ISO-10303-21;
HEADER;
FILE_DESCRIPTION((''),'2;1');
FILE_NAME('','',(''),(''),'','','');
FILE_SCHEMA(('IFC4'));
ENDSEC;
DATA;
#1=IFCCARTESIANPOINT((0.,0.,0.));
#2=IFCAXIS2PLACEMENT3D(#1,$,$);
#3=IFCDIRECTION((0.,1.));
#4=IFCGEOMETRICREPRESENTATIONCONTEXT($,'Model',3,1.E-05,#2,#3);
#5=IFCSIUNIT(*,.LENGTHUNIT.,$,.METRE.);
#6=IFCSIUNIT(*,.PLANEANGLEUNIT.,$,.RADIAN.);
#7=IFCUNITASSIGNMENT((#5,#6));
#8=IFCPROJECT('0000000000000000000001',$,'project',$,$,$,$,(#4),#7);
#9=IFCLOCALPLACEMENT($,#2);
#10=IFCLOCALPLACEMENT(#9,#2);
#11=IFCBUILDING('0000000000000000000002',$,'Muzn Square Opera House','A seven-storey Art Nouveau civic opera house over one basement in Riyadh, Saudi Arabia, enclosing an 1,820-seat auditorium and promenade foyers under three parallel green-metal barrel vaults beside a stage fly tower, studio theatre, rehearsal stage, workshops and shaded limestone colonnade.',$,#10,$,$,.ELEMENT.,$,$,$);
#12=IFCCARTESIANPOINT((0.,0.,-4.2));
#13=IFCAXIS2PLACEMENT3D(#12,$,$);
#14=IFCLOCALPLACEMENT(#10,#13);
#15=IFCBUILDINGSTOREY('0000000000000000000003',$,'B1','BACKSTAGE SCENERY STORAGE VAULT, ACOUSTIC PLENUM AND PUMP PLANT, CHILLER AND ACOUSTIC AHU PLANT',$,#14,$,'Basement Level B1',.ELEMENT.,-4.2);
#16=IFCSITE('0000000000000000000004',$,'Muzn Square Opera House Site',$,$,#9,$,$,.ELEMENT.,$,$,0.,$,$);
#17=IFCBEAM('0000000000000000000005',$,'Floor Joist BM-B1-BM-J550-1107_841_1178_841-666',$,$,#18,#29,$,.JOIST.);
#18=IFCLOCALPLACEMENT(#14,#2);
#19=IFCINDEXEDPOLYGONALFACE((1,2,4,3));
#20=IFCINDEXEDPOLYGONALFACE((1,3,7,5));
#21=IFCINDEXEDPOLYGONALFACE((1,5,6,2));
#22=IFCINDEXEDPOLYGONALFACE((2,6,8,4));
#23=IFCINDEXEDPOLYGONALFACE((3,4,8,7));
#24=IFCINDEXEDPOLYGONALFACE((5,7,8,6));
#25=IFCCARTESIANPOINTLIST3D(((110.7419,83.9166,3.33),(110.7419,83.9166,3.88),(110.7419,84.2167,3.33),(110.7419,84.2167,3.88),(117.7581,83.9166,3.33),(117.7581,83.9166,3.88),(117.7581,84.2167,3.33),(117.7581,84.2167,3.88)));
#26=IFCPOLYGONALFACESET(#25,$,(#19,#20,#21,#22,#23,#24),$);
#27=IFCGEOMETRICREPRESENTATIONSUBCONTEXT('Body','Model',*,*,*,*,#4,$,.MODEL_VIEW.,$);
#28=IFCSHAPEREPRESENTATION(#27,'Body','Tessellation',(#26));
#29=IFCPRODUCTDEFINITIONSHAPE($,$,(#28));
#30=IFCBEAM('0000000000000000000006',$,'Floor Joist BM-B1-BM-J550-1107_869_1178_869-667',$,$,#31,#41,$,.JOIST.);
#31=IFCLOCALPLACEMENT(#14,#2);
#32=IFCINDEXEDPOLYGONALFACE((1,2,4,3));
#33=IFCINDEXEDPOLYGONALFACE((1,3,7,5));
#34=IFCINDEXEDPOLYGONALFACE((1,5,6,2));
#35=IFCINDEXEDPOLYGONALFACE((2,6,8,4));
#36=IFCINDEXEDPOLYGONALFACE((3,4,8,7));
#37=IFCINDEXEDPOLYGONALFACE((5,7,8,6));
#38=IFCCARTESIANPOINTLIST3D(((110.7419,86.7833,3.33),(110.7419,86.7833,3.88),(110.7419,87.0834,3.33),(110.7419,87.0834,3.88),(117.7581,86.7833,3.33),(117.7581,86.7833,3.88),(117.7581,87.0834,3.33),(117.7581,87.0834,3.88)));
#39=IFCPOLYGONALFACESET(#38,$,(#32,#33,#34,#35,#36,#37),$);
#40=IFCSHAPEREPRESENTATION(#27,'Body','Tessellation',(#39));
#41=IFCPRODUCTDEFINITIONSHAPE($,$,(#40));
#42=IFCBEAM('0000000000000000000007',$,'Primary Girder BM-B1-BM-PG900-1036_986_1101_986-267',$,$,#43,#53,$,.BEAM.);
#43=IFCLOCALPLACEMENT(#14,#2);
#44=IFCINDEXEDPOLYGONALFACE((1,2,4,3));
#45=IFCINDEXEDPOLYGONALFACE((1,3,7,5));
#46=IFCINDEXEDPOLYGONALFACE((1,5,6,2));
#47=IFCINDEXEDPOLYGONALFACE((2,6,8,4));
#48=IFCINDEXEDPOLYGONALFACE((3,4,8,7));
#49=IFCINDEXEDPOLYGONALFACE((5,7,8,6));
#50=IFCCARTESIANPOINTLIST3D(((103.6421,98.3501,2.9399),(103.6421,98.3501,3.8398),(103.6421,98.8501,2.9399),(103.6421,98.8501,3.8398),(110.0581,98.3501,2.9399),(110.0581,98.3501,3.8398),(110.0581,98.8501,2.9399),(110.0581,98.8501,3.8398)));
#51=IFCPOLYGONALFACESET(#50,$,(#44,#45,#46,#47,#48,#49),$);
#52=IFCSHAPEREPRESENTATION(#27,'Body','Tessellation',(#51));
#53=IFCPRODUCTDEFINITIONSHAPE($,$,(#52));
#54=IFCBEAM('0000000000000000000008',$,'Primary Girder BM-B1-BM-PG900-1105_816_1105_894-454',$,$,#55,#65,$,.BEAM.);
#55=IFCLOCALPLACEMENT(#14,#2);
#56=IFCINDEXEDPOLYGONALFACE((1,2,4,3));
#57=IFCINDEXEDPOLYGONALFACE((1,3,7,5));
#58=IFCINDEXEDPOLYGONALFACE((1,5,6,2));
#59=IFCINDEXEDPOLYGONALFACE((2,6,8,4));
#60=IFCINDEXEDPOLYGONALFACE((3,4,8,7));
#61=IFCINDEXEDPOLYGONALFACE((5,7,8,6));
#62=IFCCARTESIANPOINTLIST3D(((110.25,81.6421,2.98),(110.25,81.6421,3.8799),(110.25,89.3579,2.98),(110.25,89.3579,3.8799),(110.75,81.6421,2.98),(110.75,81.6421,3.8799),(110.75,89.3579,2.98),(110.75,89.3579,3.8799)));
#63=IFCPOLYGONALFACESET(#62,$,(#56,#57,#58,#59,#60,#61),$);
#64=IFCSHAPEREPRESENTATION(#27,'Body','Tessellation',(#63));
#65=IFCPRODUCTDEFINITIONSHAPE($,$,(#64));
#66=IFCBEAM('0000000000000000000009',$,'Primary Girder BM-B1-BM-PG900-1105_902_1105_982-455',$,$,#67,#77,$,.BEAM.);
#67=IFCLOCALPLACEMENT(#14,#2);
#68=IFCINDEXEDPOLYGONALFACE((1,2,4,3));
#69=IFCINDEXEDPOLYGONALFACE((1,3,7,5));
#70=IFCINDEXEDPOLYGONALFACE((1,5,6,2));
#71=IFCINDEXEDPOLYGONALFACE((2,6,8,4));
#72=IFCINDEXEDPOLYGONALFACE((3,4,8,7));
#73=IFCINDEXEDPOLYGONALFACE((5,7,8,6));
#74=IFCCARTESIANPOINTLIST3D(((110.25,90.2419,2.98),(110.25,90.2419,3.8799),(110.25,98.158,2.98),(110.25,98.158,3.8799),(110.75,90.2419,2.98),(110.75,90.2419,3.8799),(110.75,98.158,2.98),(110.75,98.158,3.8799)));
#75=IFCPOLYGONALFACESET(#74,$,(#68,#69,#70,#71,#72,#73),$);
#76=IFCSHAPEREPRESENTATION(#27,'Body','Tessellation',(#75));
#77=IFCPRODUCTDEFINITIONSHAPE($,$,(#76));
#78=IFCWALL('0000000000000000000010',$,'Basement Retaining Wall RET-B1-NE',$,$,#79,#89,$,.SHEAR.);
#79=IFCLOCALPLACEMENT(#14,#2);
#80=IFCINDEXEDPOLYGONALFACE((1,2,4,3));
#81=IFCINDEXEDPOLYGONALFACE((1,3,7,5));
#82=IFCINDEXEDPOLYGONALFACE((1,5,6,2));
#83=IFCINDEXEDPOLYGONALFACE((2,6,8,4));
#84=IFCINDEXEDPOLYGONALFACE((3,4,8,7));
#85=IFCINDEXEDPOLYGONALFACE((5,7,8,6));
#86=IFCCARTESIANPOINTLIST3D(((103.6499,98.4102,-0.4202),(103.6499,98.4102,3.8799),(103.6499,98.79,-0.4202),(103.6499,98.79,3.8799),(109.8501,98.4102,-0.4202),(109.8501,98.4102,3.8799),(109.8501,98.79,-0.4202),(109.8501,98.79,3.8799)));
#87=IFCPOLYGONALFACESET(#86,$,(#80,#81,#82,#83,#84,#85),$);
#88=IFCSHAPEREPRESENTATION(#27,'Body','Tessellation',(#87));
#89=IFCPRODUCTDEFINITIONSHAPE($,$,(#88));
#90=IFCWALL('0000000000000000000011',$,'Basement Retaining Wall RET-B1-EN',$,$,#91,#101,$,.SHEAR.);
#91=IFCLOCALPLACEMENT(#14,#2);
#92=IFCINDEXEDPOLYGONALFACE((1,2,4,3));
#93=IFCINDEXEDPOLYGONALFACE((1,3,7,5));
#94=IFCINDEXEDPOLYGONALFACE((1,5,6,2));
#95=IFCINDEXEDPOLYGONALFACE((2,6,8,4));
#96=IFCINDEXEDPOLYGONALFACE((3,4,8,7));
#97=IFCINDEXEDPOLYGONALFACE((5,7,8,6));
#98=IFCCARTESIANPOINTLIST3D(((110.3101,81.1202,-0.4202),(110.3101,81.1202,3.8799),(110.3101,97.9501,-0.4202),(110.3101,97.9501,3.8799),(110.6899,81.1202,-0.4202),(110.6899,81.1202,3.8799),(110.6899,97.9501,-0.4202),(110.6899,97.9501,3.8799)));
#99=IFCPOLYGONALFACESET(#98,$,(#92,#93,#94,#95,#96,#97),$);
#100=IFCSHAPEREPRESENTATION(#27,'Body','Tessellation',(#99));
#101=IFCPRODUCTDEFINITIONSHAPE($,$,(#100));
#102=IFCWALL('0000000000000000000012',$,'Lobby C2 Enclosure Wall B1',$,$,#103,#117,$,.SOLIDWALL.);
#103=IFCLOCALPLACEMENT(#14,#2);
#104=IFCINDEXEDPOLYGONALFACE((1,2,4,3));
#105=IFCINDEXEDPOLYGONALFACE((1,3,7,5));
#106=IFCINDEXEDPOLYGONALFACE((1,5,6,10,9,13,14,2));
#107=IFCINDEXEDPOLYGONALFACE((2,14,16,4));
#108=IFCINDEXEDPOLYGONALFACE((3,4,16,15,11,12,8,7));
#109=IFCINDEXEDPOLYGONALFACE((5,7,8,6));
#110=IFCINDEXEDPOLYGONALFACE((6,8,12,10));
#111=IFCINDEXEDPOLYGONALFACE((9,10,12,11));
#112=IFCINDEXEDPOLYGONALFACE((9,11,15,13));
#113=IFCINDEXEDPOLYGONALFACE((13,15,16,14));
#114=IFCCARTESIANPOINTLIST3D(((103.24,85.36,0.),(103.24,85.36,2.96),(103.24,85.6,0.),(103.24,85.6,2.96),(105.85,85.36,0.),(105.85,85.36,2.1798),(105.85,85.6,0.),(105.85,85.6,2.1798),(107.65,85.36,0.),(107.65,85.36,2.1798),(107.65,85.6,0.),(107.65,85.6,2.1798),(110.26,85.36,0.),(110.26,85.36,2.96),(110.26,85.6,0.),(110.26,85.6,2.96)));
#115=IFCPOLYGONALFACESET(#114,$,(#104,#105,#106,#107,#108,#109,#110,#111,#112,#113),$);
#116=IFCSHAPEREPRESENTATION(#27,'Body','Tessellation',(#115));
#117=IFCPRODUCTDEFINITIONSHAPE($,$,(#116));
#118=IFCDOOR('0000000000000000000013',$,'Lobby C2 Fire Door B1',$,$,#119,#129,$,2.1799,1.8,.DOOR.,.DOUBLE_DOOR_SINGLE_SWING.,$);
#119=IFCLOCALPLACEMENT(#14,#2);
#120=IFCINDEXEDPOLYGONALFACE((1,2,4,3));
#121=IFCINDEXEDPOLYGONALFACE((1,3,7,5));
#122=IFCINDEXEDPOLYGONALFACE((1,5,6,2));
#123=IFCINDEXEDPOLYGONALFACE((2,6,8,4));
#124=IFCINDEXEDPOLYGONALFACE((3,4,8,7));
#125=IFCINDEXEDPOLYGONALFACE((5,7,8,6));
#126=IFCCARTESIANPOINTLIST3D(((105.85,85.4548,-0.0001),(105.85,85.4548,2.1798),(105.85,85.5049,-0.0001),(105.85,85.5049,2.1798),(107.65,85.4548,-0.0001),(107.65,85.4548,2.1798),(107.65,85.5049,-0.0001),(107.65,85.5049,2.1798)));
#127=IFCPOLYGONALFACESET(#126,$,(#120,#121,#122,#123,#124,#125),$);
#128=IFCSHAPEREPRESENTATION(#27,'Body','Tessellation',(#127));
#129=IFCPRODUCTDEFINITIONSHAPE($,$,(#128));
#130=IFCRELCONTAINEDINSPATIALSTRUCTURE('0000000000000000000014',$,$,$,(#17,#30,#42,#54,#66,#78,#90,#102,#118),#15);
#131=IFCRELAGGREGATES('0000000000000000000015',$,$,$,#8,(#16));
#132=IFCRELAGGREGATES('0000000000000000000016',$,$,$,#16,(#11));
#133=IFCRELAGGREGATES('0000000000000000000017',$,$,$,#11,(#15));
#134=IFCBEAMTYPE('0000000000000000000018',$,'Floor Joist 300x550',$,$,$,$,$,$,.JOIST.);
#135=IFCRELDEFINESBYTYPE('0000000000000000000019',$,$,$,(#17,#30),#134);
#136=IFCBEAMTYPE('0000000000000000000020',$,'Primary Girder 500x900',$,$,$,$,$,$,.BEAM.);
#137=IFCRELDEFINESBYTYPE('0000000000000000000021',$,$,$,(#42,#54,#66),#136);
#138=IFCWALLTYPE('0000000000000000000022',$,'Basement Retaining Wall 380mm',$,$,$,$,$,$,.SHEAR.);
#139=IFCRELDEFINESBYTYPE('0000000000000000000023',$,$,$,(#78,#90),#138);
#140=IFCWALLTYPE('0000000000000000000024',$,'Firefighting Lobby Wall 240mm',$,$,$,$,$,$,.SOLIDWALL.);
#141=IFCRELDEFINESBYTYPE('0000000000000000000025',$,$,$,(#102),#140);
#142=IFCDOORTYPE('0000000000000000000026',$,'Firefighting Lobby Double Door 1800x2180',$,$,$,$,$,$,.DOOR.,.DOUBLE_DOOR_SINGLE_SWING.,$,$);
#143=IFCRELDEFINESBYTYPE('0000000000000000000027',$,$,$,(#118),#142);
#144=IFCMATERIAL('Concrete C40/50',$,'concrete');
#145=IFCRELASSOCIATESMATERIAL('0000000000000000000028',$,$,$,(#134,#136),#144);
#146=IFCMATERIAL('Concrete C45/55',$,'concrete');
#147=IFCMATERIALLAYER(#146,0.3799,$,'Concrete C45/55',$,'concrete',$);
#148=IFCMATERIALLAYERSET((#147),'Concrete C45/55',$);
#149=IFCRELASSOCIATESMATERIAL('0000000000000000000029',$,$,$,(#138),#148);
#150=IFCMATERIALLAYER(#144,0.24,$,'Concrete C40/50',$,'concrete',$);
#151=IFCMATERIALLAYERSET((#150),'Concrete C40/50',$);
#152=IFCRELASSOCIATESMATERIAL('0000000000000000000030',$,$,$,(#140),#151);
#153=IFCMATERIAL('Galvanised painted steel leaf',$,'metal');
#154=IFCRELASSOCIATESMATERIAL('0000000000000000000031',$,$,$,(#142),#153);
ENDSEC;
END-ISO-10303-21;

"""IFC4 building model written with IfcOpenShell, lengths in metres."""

from ifc_helpers import new_model, si_unit, direction, frame, frame_2d, origin, origin_2d, place, context, subcontext, project, spatial, rectangle, extrude, material, layer, layer_set, material_profile, profile_set, type_object, element, fill, save


model = new_model("IFC4")

# Units and contexts
model_context = context("Model", 3, precision=1e-05, world=origin(), true_north=direction((0.0, 1.0)))
body_context = subcontext(model_context, "Body", "Model", "MODEL_VIEW")
ifc_project = project(units=[si_unit("LENGTHUNIT", "METRE"), si_unit("PLANEANGLEUNIT", "RADIAN")], contexts=[model_context])

# Site, building, storey
site_placement = place(None, origin())
site = spatial("IfcSite", under=ifc_project, at=site_placement, Name="Muzn Square Opera House Site", CompositionType="ELEMENT", RefElevation=0.0)
building_placement = place(site_placement, origin())
building = spatial("IfcBuilding", under=site, at=building_placement, Name="Muzn Square Opera House", Description="A seven-storey Art Nouveau civic opera house over one basement in Riyadh, Saudi Arabia, enclosing an 1,820-seat auditorium and promenade foyers under three parallel green-metal barrel vaults beside a stage fly tower, studio theatre, rehearsal stage, workshops and shaded limestone colonnade.", CompositionType="ELEMENT")
storey_placement = place(building_placement, frame((0.0, 0.0, -4.2)))
storey = spatial("IfcBuildingStorey", under=building, at=storey_placement, Name="B1", Description="BACKSTAGE SCENERY STORAGE VAULT, ACOUSTIC PLENUM AND PUMP PLANT, CHILLER AND ACOUSTIC AHU PLANT", LongName="Basement Level B1", CompositionType="ELEMENT", Elevation=-4.2)

# Shared definitions
ifc_material_1 = material(Name="Concrete C40/50", Category="concrete")

# Shared definitions
ifc_material_2 = material(Name="Concrete C45/55", Category="concrete")

# Beams
ifc_material_profile_1 = material_profile(ifc_material_1, rectangle(XDim=0.3, YDim=0.55, at=origin_2d()), Name="RCJ 300x550", Category="concrete")
ifc_profile_set_1 = profile_set([ifc_material_profile_1], Name="Concrete C40/50")
beam_type_1 = type_object("IfcBeamType", Name="Floor Joist 300x550", PredefinedType="JOIST", material=ifc_profile_set_1)
for number, where, z_axis, x_axis, name in (
    (1, (110.7419, 84.0667, 3.605), (1.0, 0.0, 0.0), (0.0, 1.0, 0.0), "Floor Joist BM-B1-BM-J550-1107_841_1178_841-666"),
    (2, (110.7419, 86.9333, 3.605), (1.0, 0.0, 0.0), (0.0, 1.0, 0.0), "Floor Joist BM-B1-BM-J550-1107_869_1178_869-667"),
):
    element("IfcBeam", number, at=place(storey_placement, frame(where, z_axis=z_axis, x_axis=x_axis)), inside=storey, type_object=beam_type_1, Name=name, PredefinedType="JOIST", context=body_context, shape_type="SweptSolid", body=[
        extrude(rectangle(XDim=0.3, YDim=0.55, at=origin_2d()), origin(), (0.0, 0.0, 1.0), 7.0161),
    ])
ifc_material_profile_2 = material_profile(ifc_material_1, rectangle(XDim=0.5, YDim=0.8999, at=origin_2d()), Name="RCB 500x900", Category="concrete")
ifc_profile_set_2 = profile_set([ifc_material_profile_2], Name="Concrete C40/50")
beam_type_2 = type_object("IfcBeamType", Name="Primary Girder 500x900", PredefinedType="BEAM", material=ifc_profile_set_2)
beam_1_placement = place(storey_placement, frame((103.6421, 98.6001, 3.3899), z_axis=(1.0, 0.0, 0.0), x_axis=(0.0, 1.0, 0.0)))
element("IfcBeam", 3, at=beam_1_placement, inside=storey, type_object=beam_type_2, Name="Primary Girder BM-B1-BM-PG900-1036_986_1101_986-267", PredefinedType="BEAM", context=body_context, shape_type="SweptSolid", body=[
    extrude(rectangle(XDim=0.5, YDim=0.8999, at=origin_2d()), origin(), (0.0, 0.0, 1.0), 6.416),
])
beam_2_placement = place(storey_placement, frame((110.5, 81.6421, 3.4299), z_axis=(0.0, 1.0, 0.0), x_axis=(-1.0, 0.0, 0.0)))
element("IfcBeam", 4, at=beam_2_placement, inside=storey, type_object=beam_type_2, Name="Primary Girder BM-B1-BM-PG900-1105_816_1105_894-454", PredefinedType="BEAM", context=body_context, shape_type="SweptSolid", body=[
    extrude(rectangle(XDim=0.5, YDim=0.8999, at=origin_2d()), origin(), (0.0, 0.0, 1.0), 7.7158),
])
beam_3_placement = place(storey_placement, frame((110.5, 90.2419, 3.4299), z_axis=(0.0, 1.0, 0.0), x_axis=(-1.0, 0.0, 0.0)))
element("IfcBeam", 5, at=beam_3_placement, inside=storey, type_object=beam_type_2, Name="Primary Girder BM-B1-BM-PG900-1105_902_1105_982-455", PredefinedType="BEAM", context=body_context, shape_type="SweptSolid", body=[
    extrude(rectangle(XDim=0.5, YDim=0.8999, at=origin_2d()), origin(), (0.0, 0.0, 1.0), 7.916),
])

# Walls
ifc_layer_1 = layer(ifc_material_2, 0.3799, Name="Concrete C45/55", Category="concrete")
ifc_layer_set_1 = layer_set([ifc_layer_1], Name="Concrete C45/55")
wall_type_1 = type_object("IfcWallType", Name="Basement Retaining Wall 380mm", PredefinedType="SHEAR", material=ifc_layer_set_1)
wall_1_placement = place(storey_placement, frame((103.6499, 98.6001, -0.4202), z_axis=(0.0, 0.0, 1.0), x_axis=(1.0, 0.0, 0.0)))
element("IfcWall", 6, at=wall_1_placement, inside=storey, type_object=wall_type_1, Name="Basement Retaining Wall RET-B1-NE", PredefinedType="SHEAR", context=body_context, shape_type="SweptSolid", body=[
    extrude(rectangle(XDim=6.2002, YDim=0.3799, at=frame_2d((3.1001, 0.0))), origin(), (0.0, 0.0, 1.0), 4.3),
])
wall_2_placement = place(storey_placement, frame((110.5, 81.1201, -0.4202), z_axis=(0.0, 0.0, 1.0), x_axis=(0.0, 1.0, 0.0)))
element("IfcWall", 7, at=wall_2_placement, inside=storey, type_object=wall_type_1, Name="Basement Retaining Wall RET-B1-EN", PredefinedType="SHEAR", context=body_context, shape_type="SweptSolid", body=[
    extrude(rectangle(XDim=16.8298, YDim=0.3799, at=frame_2d((8.415, 0.0))), origin(), (0.0, 0.0, 1.0), 4.3),
])

# Wall, opening, door
ifc_layer_2 = layer(ifc_material_1, 0.24, Name="Concrete C40/50", Category="concrete")
ifc_layer_set_2 = layer_set([ifc_layer_2], Name="Concrete C40/50")
wall_type_2 = type_object("IfcWallType", Name="Firefighting Lobby Wall 240mm", PredefinedType="SOLIDWALL", material=ifc_layer_set_2)
wall_3_placement = place(storey_placement, frame((103.24, 85.48, 0.0), z_axis=(0.0, 0.0, 1.0), x_axis=(1.0, 0.0, 0.0)))
wall_3 = element("IfcWall", 8, at=wall_3_placement, inside=storey, type_object=wall_type_2, Name="Lobby C2 Enclosure Wall B1", PredefinedType="SOLIDWALL", context=body_context, shape_type="SweptSolid", body=[
    extrude(rectangle(XDim=7.02, YDim=0.24, at=frame_2d((3.51, 0.0))), origin(), (0.0, 0.0, 1.0), 2.96),
])
opening_placement = place(wall_3_placement, frame((2.6101, 0.0, 0.0)))
opening = element("IfcOpeningElement", 9, at=opening_placement, cuts=wall_3, PredefinedType="OPENING", context=body_context, shape_type="SweptSolid", body=[
    extrude(rectangle(XDim=1.8, YDim=2.1799, at=frame_2d((0.8999, 1.0898))), frame((0.0, 0.1299, 0.0), z_axis=(0.0, -1.0, 0.0), x_axis=(1.0, 0.0, 0.0)), (0.0, 0.0, 1.0), 0.26),
])
ifc_material_3 = material(Name="Galvanised painted steel leaf", Category="metal")
door_type = type_object("IfcDoorType", Name="Firefighting Lobby Double Door 1800x2180", OperationType="DOUBLE_DOOR_SINGLE_SWING", PredefinedType="DOOR", material=ifc_material_3)
door_placement = place(opening_placement, origin())
door = element("IfcDoor", 10, at=door_placement, inside=storey, type_object=door_type, Name="Lobby C2 Fire Door B1", OperationType="DOUBLE_DOOR_SINGLE_SWING", OverallHeight=2.1799, OverallWidth=1.8, PredefinedType="DOOR", context=body_context, shape_type="SweptSolid", body=[
    extrude(rectangle(XDim=1.8, YDim=2.1799, at=frame_2d((0.8999, 1.0898))), frame((0.0, 0.0249, 0.0), z_axis=(0.0, -1.0, 0.0), x_axis=(1.0, 0.0, 0.0)), (0.0, 0.0, 1.0), 0.05),
])
fill(opening, door)

save(model, "model.ifc")
